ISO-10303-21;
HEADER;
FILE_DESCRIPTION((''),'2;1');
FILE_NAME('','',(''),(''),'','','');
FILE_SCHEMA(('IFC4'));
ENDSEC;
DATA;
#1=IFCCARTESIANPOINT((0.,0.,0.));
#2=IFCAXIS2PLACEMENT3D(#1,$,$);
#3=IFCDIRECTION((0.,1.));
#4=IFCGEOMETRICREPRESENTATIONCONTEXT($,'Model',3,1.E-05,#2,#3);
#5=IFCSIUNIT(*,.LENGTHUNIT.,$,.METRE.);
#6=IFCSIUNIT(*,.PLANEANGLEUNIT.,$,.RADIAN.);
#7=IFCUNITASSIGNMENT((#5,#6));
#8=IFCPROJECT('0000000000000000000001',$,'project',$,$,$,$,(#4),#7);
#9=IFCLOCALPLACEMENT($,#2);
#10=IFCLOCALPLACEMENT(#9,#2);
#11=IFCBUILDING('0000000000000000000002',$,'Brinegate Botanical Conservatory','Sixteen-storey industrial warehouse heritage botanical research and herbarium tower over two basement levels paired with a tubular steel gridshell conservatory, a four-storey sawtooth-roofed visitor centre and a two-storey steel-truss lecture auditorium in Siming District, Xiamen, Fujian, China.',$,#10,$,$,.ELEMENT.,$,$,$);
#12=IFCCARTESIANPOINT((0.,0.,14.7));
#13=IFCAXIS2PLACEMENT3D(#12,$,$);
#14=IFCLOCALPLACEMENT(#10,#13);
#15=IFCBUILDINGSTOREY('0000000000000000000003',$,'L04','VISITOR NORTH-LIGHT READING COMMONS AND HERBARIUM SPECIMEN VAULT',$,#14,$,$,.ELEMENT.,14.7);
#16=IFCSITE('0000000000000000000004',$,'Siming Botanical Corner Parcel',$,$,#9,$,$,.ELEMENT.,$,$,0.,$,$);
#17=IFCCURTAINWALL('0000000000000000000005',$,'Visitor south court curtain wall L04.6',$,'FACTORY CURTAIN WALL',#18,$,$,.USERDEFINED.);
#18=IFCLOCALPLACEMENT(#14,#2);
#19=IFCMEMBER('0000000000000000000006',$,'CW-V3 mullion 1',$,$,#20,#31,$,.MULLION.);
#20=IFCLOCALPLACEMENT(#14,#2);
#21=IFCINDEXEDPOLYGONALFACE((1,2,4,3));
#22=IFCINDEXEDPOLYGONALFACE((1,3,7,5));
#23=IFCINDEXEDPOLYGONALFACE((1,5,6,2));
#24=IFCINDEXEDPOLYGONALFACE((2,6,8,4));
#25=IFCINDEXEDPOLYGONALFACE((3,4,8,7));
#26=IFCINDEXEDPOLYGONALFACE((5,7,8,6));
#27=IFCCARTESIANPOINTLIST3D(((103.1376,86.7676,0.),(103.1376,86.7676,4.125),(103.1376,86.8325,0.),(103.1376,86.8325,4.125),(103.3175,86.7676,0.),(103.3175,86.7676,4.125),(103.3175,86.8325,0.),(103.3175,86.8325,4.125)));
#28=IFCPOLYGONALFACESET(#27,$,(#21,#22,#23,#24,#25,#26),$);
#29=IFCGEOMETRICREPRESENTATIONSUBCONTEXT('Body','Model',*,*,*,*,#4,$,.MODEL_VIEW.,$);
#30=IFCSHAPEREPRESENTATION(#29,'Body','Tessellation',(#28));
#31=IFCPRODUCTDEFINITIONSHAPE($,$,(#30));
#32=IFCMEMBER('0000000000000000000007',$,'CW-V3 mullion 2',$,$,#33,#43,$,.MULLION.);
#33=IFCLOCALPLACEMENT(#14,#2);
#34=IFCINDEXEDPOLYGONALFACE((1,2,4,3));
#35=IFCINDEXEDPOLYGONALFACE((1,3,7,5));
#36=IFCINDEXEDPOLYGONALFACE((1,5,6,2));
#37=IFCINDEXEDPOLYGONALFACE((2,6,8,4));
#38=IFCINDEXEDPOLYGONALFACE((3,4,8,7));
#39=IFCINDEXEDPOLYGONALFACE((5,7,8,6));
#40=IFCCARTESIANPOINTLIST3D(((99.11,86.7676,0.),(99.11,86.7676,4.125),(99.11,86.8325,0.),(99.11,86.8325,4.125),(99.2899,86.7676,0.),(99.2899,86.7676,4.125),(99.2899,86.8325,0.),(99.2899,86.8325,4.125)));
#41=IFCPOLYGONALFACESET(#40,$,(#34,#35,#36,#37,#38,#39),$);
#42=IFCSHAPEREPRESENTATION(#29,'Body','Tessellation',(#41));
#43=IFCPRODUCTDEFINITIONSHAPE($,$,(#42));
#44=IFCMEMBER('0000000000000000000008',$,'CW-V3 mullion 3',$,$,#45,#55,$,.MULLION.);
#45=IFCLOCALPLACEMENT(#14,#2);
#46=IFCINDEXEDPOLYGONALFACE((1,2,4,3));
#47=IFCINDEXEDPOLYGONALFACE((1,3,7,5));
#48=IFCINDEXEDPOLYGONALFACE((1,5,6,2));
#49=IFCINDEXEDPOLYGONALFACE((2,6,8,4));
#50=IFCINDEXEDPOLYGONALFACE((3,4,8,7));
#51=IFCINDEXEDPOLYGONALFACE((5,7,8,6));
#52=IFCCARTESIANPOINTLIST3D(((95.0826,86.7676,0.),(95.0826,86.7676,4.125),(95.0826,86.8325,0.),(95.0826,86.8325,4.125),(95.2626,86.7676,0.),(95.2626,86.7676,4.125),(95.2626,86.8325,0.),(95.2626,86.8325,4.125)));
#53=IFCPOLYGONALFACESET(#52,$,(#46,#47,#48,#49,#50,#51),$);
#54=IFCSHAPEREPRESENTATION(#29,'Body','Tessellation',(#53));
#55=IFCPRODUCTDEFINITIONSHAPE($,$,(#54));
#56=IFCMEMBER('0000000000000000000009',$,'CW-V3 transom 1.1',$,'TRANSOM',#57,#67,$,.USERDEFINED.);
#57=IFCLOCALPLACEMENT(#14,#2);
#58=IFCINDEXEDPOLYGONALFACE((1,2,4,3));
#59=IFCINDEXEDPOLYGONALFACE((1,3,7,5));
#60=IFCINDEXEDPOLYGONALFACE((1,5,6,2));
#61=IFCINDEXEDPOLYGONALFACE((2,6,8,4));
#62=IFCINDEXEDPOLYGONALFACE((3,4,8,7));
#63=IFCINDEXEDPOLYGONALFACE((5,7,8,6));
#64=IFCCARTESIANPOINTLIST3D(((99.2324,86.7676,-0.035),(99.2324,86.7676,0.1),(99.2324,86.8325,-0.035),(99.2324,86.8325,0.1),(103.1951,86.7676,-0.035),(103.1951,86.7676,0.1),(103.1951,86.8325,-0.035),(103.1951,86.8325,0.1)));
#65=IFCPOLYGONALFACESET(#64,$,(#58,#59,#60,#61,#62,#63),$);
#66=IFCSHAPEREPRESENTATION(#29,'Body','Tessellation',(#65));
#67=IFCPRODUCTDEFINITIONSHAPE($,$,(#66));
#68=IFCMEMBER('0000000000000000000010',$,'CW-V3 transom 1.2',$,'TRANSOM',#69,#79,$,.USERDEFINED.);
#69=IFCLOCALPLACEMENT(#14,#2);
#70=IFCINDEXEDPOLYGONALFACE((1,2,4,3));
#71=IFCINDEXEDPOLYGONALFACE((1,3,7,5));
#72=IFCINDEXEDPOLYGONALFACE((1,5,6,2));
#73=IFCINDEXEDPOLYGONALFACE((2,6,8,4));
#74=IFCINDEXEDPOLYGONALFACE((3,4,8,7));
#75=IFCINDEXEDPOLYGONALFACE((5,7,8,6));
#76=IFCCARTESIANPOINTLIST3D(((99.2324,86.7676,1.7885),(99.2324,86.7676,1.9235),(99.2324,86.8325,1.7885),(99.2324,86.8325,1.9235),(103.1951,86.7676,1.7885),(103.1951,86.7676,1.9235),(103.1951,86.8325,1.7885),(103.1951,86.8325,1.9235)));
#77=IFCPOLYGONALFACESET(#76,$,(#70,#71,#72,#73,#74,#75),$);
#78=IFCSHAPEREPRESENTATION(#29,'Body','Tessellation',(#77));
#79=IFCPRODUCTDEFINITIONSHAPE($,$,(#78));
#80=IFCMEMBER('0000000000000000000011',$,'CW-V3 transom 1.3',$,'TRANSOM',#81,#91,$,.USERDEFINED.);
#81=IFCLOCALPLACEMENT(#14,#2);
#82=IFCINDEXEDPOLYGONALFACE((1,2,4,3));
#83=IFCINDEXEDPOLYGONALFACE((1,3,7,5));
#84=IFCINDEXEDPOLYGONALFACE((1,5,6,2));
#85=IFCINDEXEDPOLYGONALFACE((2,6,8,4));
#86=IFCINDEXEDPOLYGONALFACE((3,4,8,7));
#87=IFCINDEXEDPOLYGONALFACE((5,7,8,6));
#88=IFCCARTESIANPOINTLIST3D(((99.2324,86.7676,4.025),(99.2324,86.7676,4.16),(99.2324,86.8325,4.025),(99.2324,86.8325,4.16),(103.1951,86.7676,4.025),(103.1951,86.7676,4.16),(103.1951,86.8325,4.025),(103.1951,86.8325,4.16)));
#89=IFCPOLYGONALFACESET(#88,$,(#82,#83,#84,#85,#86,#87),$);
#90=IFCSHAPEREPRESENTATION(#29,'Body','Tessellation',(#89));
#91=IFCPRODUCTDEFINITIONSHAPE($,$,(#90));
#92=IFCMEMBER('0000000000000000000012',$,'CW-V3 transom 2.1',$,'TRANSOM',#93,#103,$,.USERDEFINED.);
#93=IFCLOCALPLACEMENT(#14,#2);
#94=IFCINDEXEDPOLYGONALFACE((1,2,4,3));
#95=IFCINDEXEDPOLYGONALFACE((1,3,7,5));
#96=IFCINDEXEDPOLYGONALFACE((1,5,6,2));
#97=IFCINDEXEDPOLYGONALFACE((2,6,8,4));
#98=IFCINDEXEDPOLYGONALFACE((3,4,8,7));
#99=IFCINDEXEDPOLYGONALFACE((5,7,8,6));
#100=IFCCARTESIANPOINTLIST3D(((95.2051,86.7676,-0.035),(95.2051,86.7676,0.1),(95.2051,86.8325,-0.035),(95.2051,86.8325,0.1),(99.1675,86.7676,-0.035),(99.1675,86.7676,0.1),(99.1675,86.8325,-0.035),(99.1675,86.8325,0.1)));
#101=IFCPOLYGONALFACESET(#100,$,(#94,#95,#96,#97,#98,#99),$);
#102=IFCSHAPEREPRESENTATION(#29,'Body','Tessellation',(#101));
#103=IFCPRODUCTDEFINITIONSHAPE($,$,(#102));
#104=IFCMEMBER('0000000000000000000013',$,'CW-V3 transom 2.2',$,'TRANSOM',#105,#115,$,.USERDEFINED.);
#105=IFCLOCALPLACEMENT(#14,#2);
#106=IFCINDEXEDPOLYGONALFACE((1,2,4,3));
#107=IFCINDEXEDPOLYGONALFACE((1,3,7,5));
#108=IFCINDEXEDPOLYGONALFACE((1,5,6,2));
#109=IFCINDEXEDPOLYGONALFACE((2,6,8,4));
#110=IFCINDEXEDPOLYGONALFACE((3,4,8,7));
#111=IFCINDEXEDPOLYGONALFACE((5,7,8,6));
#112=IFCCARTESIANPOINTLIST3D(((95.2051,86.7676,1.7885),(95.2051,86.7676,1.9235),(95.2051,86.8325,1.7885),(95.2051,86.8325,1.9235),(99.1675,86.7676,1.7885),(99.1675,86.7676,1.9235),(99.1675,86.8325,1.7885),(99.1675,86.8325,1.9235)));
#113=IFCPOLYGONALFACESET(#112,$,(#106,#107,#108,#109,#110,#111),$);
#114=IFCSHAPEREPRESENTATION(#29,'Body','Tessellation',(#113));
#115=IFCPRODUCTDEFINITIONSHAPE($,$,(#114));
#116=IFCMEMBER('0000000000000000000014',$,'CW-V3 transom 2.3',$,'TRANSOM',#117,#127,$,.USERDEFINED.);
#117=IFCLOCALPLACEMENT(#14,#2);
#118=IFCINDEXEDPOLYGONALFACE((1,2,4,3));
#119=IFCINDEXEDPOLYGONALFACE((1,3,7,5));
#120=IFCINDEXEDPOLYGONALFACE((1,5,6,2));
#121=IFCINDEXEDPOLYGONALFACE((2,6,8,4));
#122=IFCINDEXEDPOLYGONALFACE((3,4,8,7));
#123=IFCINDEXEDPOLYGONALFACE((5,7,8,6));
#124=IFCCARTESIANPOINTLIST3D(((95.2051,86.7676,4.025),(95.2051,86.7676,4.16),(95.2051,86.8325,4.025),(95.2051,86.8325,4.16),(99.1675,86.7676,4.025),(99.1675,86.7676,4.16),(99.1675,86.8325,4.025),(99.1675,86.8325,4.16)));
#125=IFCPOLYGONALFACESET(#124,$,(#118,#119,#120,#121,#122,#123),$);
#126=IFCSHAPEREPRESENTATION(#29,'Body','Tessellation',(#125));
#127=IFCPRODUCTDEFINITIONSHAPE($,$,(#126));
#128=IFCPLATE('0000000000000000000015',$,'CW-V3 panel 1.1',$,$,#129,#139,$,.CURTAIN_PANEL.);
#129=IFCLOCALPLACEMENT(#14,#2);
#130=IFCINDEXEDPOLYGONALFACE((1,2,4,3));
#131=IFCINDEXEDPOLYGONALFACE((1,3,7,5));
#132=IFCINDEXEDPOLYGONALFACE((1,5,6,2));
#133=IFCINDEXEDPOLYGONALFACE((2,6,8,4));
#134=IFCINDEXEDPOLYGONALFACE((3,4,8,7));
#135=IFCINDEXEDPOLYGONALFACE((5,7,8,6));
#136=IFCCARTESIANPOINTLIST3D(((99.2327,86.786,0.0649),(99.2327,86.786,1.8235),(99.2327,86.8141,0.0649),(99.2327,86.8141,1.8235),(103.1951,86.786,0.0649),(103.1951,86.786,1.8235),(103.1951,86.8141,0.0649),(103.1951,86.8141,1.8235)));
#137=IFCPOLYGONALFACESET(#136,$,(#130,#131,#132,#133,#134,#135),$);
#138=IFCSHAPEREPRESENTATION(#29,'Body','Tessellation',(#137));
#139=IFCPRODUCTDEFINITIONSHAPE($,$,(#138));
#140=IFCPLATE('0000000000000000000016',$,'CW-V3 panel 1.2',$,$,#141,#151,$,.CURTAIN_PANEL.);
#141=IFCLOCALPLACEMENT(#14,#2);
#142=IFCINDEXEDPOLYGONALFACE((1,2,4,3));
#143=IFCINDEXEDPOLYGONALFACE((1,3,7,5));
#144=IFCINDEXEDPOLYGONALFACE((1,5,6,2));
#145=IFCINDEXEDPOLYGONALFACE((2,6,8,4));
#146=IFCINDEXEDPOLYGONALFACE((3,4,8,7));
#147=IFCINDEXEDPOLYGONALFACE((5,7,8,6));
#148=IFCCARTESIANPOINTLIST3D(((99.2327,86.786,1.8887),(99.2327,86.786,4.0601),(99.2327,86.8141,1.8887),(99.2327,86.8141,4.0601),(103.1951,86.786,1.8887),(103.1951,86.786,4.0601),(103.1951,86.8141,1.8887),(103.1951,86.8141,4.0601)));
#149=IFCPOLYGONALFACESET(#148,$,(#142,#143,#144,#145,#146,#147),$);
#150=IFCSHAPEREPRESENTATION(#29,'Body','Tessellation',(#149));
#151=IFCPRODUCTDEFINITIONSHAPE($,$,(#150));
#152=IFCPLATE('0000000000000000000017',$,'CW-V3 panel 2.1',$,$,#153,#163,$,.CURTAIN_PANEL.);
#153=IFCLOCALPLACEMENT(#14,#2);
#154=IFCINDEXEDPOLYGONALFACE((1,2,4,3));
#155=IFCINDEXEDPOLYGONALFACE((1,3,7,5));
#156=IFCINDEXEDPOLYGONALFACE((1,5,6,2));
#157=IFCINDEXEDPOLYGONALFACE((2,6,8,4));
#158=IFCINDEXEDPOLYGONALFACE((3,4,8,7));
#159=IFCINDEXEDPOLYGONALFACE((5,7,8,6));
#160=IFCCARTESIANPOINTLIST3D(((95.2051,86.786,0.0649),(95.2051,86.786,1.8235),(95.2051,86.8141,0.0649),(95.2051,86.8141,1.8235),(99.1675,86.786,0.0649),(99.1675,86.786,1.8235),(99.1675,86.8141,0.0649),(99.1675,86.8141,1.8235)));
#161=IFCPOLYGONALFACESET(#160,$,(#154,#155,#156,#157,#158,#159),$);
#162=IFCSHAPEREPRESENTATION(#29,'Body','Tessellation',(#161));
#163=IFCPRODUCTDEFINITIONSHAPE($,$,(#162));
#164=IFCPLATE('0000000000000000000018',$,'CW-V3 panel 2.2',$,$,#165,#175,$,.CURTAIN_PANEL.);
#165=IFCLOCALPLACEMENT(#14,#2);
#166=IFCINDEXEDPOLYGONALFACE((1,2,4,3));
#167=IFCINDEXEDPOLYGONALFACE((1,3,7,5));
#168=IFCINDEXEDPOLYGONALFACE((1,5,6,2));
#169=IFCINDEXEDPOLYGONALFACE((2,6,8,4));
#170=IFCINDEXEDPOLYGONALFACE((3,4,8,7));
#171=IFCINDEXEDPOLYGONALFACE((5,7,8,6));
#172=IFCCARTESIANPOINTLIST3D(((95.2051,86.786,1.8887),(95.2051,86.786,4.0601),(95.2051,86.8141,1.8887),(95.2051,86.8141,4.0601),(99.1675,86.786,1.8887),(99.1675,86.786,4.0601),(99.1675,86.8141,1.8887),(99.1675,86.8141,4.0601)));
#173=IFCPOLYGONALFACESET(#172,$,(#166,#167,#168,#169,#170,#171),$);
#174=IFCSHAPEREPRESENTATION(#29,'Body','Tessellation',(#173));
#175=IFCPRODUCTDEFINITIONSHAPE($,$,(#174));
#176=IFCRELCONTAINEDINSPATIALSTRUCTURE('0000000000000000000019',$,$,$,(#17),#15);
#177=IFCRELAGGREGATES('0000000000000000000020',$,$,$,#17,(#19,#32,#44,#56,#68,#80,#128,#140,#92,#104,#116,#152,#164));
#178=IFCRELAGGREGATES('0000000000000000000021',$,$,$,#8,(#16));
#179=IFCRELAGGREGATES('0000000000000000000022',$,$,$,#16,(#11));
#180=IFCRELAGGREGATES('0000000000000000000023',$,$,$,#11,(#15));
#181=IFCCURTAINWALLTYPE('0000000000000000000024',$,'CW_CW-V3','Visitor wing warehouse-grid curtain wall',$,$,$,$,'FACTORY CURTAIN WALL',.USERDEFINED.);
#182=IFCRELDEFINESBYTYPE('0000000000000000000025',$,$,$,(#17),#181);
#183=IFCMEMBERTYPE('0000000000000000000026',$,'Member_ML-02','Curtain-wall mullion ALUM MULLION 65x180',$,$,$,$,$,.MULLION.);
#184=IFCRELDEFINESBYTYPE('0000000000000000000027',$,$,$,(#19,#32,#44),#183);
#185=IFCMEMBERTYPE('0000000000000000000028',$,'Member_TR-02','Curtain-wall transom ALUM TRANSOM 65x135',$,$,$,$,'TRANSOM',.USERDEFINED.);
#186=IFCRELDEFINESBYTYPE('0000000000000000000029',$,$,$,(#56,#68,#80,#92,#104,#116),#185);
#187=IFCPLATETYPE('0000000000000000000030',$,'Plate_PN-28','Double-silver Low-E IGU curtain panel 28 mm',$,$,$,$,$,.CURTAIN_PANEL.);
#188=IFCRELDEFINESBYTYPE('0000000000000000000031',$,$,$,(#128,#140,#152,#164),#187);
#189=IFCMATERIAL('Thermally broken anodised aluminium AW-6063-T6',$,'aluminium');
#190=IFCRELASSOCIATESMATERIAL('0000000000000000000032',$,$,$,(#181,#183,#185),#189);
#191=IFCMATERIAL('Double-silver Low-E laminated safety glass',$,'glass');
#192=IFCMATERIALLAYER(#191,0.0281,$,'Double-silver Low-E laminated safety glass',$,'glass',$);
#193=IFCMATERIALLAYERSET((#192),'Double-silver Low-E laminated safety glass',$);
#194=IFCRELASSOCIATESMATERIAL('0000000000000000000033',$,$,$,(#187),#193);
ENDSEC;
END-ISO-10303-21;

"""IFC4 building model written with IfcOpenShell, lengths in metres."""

from ifc_helpers import new_model, si_unit, direction, frame, origin, origin_2d, place, context, subcontext, project, spatial, rectangle, extrude, material, layer, layer_set, material_profile, profile_set, type_object, element, aggregate, save


model = new_model("IFC4")

# Units and contexts
model_context = context("Model", 3, precision=1e-05, world=origin(), true_north=direction((0.0, 1.0)))
body_context = subcontext(model_context, "Body", "Model", "MODEL_VIEW")
ifc_project = project(units=[si_unit("LENGTHUNIT", "METRE"), si_unit("PLANEANGLEUNIT", "RADIAN")], contexts=[model_context])

# Site, building, storey
site_placement = place(None, origin())
site = spatial("IfcSite", under=ifc_project, at=site_placement, Name="Siming Botanical Corner Parcel", CompositionType="ELEMENT", RefElevation=0.0)
building_placement = place(site_placement, origin())
building = spatial("IfcBuilding", under=site, at=building_placement, Name="Brinegate Botanical Conservatory", Description="Sixteen-storey industrial warehouse heritage botanical research and herbarium tower over two basement levels paired with a tubular steel gridshell conservatory, a four-storey sawtooth-roofed visitor centre and a two-storey steel-truss lecture auditorium in Siming District, Xiamen, Fujian, China.", CompositionType="ELEMENT")
storey_placement = place(building_placement, frame((0.0, 0.0, 14.7)))
storey = spatial("IfcBuildingStorey", under=building, at=storey_placement, Name="L04", Description="VISITOR NORTH-LIGHT READING COMMONS AND HERBARIUM SPECIMEN VAULT", CompositionType="ELEMENT", Elevation=14.7)

# Curtain wall, members, plates
ifc_material_1 = material(Name="Thermally broken anodised aluminium AW-6063-T6", Category="aluminium")
curtain_wall_type = type_object("IfcCurtainWallType", Name="CW_CW-V3", Description="Visitor wing warehouse-grid curtain wall", ElementType="FACTORY CURTAIN WALL", PredefinedType="USERDEFINED", material=ifc_material_1)
curtain_wall_placement = place(storey_placement, origin())
curtain_wall = element("IfcCurtainWall", 1, at=curtain_wall_placement, inside=storey, type_object=curtain_wall_type, Name="Visitor south court curtain wall L04.6", ObjectType="FACTORY CURTAIN WALL", PredefinedType="USERDEFINED")
ifc_material_profile_1 = material_profile(ifc_material_1, rectangle(XDim=0.0649, YDim=0.1799, at=origin_2d()), Name="ALUM MULLION 65x180")
ifc_profile_set_1 = profile_set([ifc_material_profile_1], Name="Thermally broken anodised aluminium AW-6063-T6")
member_type_1 = type_object("IfcMemberType", Name="Member_ML-02", Description="Curtain-wall mullion ALUM MULLION 65x180", PredefinedType="MULLION", material=ifc_profile_set_1)
member_1_placement = place(storey_placement, frame((103.2275, 86.8, 0.0), z_axis=(0.0, 0.0, 1.0), x_axis=(0.0, -1.0, 0.0)))
member_1 = element("IfcMember", 2, at=member_1_placement, type_object=member_type_1, Name="CW-V3 mullion 1", PredefinedType="MULLION", context=body_context, shape_type="SweptSolid", body=[
    extrude(rectangle(XDim=0.0649, YDim=0.1799, at=origin_2d()), origin(), (0.0, 0.0, 1.0), 4.125),
])
member_2_placement = place(storey_placement, frame((99.2, 86.8, 0.0), z_axis=(0.0, 0.0, 1.0), x_axis=(0.0, -1.0, 0.0)))
member_2 = element("IfcMember", 3, at=member_2_placement, type_object=member_type_1, Name="CW-V3 mullion 2", PredefinedType="MULLION", context=body_context, shape_type="SweptSolid", body=[
    extrude(rectangle(XDim=0.0649, YDim=0.1799, at=origin_2d()), origin(), (0.0, 0.0, 1.0), 4.125),
])
member_3_placement = place(storey_placement, frame((95.1726, 86.8, 0.0), z_axis=(0.0, 0.0, 1.0), x_axis=(0.0, -1.0, 0.0)))
member_3 = element("IfcMember", 4, at=member_3_placement, type_object=member_type_1, Name="CW-V3 mullion 3", PredefinedType="MULLION", context=body_context, shape_type="SweptSolid", body=[
    extrude(rectangle(XDim=0.0649, YDim=0.1799, at=origin_2d()), origin(), (0.0, 0.0, 1.0), 4.125),
])
ifc_material_profile_2 = material_profile(ifc_material_1, rectangle(XDim=0.0649, YDim=0.135, at=origin_2d()), Name="ALUM TRANSOM 65x135")
ifc_profile_set_2 = profile_set([ifc_material_profile_2], Name="Thermally broken anodised aluminium AW-6063-T6")
member_type_2 = type_object("IfcMemberType", Name="Member_TR-02", Description="Curtain-wall transom ALUM TRANSOM 65x135", ElementType="TRANSOM", PredefinedType="USERDEFINED", material=ifc_profile_set_2)
member_4_placement = place(storey_placement, frame((103.1951, 86.8, 0.0325), z_axis=(-1.0, 0.0, 0.0), x_axis=(0.0, -1.0, 0.0)))
member_4 = element("IfcMember", 5, at=member_4_placement, type_object=member_type_2, Name="CW-V3 transom 1.1", ObjectType="TRANSOM", PredefinedType="USERDEFINED", context=body_context, shape_type="SweptSolid", body=[
    extrude(rectangle(XDim=0.0649, YDim=0.135, at=origin_2d()), origin(), (0.0, 0.0, 1.0), 3.9626),
])
member_5_placement = place(storey_placement, frame((103.1951, 86.8, 1.856), z_axis=(-1.0, 0.0, 0.0), x_axis=(0.0, -1.0, 0.0)))
member_5 = element("IfcMember", 6, at=member_5_placement, type_object=member_type_2, Name="CW-V3 transom 1.2", ObjectType="TRANSOM", PredefinedType="USERDEFINED", context=body_context, shape_type="SweptSolid", body=[
    extrude(rectangle(XDim=0.0649, YDim=0.135, at=origin_2d()), origin(), (0.0, 0.0, 1.0), 3.9626),
])
member_6_placement = place(storey_placement, frame((103.1951, 86.8, 4.0925), z_axis=(-1.0, 0.0, 0.0), x_axis=(0.0, -1.0, 0.0)))
member_6 = element("IfcMember", 7, at=member_6_placement, type_object=member_type_2, Name="CW-V3 transom 1.3", ObjectType="TRANSOM", PredefinedType="USERDEFINED", context=body_context, shape_type="SweptSolid", body=[
    extrude(rectangle(XDim=0.0649, YDim=0.135, at=origin_2d()), origin(), (0.0, 0.0, 1.0), 3.9626),
])
member_7_placement = place(storey_placement, frame((99.1675, 86.8, 0.0325), z_axis=(-1.0, 0.0, 0.0), x_axis=(0.0, -1.0, 0.0)))
member_7 = element("IfcMember", 8, at=member_7_placement, type_object=member_type_2, Name="CW-V3 transom 2.1", ObjectType="TRANSOM", PredefinedType="USERDEFINED", context=body_context, shape_type="SweptSolid", body=[
    extrude(rectangle(XDim=0.0649, YDim=0.135, at=origin_2d()), origin(), (0.0, 0.0, 1.0), 3.9624),
])
member_8_placement = place(storey_placement, frame((99.1675, 86.8, 1.856), z_axis=(-1.0, 0.0, 0.0), x_axis=(0.0, -1.0, 0.0)))
member_8 = element("IfcMember", 9, at=member_8_placement, type_object=member_type_2, Name="CW-V3 transom 2.2", ObjectType="TRANSOM", PredefinedType="USERDEFINED", context=body_context, shape_type="SweptSolid", body=[
    extrude(rectangle(XDim=0.0649, YDim=0.135, at=origin_2d()), origin(), (0.0, 0.0, 1.0), 3.9624),
])
member_9_placement = place(storey_placement, frame((99.1675, 86.8, 4.0925), z_axis=(-1.0, 0.0, 0.0), x_axis=(0.0, -1.0, 0.0)))
member_9 = element("IfcMember", 10, at=member_9_placement, type_object=member_type_2, Name="CW-V3 transom 2.3", ObjectType="TRANSOM", PredefinedType="USERDEFINED", context=body_context, shape_type="SweptSolid", body=[
    extrude(rectangle(XDim=0.0649, YDim=0.135, at=origin_2d()), origin(), (0.0, 0.0, 1.0), 3.9624),
])
ifc_material_2 = material(Name="Double-silver Low-E laminated safety glass", Category="glass")
ifc_layer_1 = layer(ifc_material_2, 0.0281, Name="Double-silver Low-E laminated safety glass", Category="glass")
ifc_layer_set_1 = layer_set([ifc_layer_1], Name="Double-silver Low-E laminated safety glass")
plate_type = type_object("IfcPlateType", Name="Plate_PN-28", Description="Double-silver Low-E IGU curtain panel 28 mm", PredefinedType="CURTAIN_PANEL", material=ifc_layer_set_1)
plate_1_placement = place(storey_placement, frame((101.2139, 86.8, 0.0649), z_axis=(0.0, 0.0, 1.0), x_axis=(-1.0, 0.0, 0.0)))
plate_1 = element("IfcPlate", 11, at=plate_1_placement, type_object=plate_type, Name="CW-V3 panel 1.1", PredefinedType="CURTAIN_PANEL", context=body_context, shape_type="SweptSolid", body=[
    extrude(rectangle(XDim=3.9624, YDim=0.0281, at=origin_2d()), origin(), (0.0, 0.0, 1.0), 1.7585),
])
plate_2_placement = place(storey_placement, frame((101.2139, 86.8, 1.8887), z_axis=(0.0, 0.0, 1.0), x_axis=(-1.0, 0.0, 0.0)))
plate_2 = element("IfcPlate", 12, at=plate_2_placement, type_object=plate_type, Name="CW-V3 panel 1.2", PredefinedType="CURTAIN_PANEL", context=body_context, shape_type="SweptSolid", body=[
    extrude(rectangle(XDim=3.9624, YDim=0.0281, at=origin_2d()), origin(), (0.0, 0.0, 1.0), 2.1714),
])
plate_3_placement = place(storey_placement, frame((97.1863, 86.8, 0.0649), z_axis=(0.0, 0.0, 1.0), x_axis=(-1.0, 0.0, 0.0)))
plate_3 = element("IfcPlate", 13, at=plate_3_placement, type_object=plate_type, Name="CW-V3 panel 2.1", PredefinedType="CURTAIN_PANEL", context=body_context, shape_type="SweptSolid", body=[
    extrude(rectangle(XDim=3.9624, YDim=0.0281, at=origin_2d()), origin(), (0.0, 0.0, 1.0), 1.7585),
])
plate_4_placement = place(storey_placement, frame((97.1863, 86.8, 1.8887), z_axis=(0.0, 0.0, 1.0), x_axis=(-1.0, 0.0, 0.0)))
plate_4 = element("IfcPlate", 14, at=plate_4_placement, type_object=plate_type, Name="CW-V3 panel 2.2", PredefinedType="CURTAIN_PANEL", context=body_context, shape_type="SweptSolid", body=[
    extrude(rectangle(XDim=3.9624, YDim=0.0281, at=origin_2d()), origin(), (0.0, 0.0, 1.0), 2.1714),
])
aggregate(curtain_wall, [member_1, member_2, member_3, member_4, member_5, member_6, plate_1, plate_2, member_7, member_8, member_9, plate_3, plate_4])

save(model, "model.ifc")
